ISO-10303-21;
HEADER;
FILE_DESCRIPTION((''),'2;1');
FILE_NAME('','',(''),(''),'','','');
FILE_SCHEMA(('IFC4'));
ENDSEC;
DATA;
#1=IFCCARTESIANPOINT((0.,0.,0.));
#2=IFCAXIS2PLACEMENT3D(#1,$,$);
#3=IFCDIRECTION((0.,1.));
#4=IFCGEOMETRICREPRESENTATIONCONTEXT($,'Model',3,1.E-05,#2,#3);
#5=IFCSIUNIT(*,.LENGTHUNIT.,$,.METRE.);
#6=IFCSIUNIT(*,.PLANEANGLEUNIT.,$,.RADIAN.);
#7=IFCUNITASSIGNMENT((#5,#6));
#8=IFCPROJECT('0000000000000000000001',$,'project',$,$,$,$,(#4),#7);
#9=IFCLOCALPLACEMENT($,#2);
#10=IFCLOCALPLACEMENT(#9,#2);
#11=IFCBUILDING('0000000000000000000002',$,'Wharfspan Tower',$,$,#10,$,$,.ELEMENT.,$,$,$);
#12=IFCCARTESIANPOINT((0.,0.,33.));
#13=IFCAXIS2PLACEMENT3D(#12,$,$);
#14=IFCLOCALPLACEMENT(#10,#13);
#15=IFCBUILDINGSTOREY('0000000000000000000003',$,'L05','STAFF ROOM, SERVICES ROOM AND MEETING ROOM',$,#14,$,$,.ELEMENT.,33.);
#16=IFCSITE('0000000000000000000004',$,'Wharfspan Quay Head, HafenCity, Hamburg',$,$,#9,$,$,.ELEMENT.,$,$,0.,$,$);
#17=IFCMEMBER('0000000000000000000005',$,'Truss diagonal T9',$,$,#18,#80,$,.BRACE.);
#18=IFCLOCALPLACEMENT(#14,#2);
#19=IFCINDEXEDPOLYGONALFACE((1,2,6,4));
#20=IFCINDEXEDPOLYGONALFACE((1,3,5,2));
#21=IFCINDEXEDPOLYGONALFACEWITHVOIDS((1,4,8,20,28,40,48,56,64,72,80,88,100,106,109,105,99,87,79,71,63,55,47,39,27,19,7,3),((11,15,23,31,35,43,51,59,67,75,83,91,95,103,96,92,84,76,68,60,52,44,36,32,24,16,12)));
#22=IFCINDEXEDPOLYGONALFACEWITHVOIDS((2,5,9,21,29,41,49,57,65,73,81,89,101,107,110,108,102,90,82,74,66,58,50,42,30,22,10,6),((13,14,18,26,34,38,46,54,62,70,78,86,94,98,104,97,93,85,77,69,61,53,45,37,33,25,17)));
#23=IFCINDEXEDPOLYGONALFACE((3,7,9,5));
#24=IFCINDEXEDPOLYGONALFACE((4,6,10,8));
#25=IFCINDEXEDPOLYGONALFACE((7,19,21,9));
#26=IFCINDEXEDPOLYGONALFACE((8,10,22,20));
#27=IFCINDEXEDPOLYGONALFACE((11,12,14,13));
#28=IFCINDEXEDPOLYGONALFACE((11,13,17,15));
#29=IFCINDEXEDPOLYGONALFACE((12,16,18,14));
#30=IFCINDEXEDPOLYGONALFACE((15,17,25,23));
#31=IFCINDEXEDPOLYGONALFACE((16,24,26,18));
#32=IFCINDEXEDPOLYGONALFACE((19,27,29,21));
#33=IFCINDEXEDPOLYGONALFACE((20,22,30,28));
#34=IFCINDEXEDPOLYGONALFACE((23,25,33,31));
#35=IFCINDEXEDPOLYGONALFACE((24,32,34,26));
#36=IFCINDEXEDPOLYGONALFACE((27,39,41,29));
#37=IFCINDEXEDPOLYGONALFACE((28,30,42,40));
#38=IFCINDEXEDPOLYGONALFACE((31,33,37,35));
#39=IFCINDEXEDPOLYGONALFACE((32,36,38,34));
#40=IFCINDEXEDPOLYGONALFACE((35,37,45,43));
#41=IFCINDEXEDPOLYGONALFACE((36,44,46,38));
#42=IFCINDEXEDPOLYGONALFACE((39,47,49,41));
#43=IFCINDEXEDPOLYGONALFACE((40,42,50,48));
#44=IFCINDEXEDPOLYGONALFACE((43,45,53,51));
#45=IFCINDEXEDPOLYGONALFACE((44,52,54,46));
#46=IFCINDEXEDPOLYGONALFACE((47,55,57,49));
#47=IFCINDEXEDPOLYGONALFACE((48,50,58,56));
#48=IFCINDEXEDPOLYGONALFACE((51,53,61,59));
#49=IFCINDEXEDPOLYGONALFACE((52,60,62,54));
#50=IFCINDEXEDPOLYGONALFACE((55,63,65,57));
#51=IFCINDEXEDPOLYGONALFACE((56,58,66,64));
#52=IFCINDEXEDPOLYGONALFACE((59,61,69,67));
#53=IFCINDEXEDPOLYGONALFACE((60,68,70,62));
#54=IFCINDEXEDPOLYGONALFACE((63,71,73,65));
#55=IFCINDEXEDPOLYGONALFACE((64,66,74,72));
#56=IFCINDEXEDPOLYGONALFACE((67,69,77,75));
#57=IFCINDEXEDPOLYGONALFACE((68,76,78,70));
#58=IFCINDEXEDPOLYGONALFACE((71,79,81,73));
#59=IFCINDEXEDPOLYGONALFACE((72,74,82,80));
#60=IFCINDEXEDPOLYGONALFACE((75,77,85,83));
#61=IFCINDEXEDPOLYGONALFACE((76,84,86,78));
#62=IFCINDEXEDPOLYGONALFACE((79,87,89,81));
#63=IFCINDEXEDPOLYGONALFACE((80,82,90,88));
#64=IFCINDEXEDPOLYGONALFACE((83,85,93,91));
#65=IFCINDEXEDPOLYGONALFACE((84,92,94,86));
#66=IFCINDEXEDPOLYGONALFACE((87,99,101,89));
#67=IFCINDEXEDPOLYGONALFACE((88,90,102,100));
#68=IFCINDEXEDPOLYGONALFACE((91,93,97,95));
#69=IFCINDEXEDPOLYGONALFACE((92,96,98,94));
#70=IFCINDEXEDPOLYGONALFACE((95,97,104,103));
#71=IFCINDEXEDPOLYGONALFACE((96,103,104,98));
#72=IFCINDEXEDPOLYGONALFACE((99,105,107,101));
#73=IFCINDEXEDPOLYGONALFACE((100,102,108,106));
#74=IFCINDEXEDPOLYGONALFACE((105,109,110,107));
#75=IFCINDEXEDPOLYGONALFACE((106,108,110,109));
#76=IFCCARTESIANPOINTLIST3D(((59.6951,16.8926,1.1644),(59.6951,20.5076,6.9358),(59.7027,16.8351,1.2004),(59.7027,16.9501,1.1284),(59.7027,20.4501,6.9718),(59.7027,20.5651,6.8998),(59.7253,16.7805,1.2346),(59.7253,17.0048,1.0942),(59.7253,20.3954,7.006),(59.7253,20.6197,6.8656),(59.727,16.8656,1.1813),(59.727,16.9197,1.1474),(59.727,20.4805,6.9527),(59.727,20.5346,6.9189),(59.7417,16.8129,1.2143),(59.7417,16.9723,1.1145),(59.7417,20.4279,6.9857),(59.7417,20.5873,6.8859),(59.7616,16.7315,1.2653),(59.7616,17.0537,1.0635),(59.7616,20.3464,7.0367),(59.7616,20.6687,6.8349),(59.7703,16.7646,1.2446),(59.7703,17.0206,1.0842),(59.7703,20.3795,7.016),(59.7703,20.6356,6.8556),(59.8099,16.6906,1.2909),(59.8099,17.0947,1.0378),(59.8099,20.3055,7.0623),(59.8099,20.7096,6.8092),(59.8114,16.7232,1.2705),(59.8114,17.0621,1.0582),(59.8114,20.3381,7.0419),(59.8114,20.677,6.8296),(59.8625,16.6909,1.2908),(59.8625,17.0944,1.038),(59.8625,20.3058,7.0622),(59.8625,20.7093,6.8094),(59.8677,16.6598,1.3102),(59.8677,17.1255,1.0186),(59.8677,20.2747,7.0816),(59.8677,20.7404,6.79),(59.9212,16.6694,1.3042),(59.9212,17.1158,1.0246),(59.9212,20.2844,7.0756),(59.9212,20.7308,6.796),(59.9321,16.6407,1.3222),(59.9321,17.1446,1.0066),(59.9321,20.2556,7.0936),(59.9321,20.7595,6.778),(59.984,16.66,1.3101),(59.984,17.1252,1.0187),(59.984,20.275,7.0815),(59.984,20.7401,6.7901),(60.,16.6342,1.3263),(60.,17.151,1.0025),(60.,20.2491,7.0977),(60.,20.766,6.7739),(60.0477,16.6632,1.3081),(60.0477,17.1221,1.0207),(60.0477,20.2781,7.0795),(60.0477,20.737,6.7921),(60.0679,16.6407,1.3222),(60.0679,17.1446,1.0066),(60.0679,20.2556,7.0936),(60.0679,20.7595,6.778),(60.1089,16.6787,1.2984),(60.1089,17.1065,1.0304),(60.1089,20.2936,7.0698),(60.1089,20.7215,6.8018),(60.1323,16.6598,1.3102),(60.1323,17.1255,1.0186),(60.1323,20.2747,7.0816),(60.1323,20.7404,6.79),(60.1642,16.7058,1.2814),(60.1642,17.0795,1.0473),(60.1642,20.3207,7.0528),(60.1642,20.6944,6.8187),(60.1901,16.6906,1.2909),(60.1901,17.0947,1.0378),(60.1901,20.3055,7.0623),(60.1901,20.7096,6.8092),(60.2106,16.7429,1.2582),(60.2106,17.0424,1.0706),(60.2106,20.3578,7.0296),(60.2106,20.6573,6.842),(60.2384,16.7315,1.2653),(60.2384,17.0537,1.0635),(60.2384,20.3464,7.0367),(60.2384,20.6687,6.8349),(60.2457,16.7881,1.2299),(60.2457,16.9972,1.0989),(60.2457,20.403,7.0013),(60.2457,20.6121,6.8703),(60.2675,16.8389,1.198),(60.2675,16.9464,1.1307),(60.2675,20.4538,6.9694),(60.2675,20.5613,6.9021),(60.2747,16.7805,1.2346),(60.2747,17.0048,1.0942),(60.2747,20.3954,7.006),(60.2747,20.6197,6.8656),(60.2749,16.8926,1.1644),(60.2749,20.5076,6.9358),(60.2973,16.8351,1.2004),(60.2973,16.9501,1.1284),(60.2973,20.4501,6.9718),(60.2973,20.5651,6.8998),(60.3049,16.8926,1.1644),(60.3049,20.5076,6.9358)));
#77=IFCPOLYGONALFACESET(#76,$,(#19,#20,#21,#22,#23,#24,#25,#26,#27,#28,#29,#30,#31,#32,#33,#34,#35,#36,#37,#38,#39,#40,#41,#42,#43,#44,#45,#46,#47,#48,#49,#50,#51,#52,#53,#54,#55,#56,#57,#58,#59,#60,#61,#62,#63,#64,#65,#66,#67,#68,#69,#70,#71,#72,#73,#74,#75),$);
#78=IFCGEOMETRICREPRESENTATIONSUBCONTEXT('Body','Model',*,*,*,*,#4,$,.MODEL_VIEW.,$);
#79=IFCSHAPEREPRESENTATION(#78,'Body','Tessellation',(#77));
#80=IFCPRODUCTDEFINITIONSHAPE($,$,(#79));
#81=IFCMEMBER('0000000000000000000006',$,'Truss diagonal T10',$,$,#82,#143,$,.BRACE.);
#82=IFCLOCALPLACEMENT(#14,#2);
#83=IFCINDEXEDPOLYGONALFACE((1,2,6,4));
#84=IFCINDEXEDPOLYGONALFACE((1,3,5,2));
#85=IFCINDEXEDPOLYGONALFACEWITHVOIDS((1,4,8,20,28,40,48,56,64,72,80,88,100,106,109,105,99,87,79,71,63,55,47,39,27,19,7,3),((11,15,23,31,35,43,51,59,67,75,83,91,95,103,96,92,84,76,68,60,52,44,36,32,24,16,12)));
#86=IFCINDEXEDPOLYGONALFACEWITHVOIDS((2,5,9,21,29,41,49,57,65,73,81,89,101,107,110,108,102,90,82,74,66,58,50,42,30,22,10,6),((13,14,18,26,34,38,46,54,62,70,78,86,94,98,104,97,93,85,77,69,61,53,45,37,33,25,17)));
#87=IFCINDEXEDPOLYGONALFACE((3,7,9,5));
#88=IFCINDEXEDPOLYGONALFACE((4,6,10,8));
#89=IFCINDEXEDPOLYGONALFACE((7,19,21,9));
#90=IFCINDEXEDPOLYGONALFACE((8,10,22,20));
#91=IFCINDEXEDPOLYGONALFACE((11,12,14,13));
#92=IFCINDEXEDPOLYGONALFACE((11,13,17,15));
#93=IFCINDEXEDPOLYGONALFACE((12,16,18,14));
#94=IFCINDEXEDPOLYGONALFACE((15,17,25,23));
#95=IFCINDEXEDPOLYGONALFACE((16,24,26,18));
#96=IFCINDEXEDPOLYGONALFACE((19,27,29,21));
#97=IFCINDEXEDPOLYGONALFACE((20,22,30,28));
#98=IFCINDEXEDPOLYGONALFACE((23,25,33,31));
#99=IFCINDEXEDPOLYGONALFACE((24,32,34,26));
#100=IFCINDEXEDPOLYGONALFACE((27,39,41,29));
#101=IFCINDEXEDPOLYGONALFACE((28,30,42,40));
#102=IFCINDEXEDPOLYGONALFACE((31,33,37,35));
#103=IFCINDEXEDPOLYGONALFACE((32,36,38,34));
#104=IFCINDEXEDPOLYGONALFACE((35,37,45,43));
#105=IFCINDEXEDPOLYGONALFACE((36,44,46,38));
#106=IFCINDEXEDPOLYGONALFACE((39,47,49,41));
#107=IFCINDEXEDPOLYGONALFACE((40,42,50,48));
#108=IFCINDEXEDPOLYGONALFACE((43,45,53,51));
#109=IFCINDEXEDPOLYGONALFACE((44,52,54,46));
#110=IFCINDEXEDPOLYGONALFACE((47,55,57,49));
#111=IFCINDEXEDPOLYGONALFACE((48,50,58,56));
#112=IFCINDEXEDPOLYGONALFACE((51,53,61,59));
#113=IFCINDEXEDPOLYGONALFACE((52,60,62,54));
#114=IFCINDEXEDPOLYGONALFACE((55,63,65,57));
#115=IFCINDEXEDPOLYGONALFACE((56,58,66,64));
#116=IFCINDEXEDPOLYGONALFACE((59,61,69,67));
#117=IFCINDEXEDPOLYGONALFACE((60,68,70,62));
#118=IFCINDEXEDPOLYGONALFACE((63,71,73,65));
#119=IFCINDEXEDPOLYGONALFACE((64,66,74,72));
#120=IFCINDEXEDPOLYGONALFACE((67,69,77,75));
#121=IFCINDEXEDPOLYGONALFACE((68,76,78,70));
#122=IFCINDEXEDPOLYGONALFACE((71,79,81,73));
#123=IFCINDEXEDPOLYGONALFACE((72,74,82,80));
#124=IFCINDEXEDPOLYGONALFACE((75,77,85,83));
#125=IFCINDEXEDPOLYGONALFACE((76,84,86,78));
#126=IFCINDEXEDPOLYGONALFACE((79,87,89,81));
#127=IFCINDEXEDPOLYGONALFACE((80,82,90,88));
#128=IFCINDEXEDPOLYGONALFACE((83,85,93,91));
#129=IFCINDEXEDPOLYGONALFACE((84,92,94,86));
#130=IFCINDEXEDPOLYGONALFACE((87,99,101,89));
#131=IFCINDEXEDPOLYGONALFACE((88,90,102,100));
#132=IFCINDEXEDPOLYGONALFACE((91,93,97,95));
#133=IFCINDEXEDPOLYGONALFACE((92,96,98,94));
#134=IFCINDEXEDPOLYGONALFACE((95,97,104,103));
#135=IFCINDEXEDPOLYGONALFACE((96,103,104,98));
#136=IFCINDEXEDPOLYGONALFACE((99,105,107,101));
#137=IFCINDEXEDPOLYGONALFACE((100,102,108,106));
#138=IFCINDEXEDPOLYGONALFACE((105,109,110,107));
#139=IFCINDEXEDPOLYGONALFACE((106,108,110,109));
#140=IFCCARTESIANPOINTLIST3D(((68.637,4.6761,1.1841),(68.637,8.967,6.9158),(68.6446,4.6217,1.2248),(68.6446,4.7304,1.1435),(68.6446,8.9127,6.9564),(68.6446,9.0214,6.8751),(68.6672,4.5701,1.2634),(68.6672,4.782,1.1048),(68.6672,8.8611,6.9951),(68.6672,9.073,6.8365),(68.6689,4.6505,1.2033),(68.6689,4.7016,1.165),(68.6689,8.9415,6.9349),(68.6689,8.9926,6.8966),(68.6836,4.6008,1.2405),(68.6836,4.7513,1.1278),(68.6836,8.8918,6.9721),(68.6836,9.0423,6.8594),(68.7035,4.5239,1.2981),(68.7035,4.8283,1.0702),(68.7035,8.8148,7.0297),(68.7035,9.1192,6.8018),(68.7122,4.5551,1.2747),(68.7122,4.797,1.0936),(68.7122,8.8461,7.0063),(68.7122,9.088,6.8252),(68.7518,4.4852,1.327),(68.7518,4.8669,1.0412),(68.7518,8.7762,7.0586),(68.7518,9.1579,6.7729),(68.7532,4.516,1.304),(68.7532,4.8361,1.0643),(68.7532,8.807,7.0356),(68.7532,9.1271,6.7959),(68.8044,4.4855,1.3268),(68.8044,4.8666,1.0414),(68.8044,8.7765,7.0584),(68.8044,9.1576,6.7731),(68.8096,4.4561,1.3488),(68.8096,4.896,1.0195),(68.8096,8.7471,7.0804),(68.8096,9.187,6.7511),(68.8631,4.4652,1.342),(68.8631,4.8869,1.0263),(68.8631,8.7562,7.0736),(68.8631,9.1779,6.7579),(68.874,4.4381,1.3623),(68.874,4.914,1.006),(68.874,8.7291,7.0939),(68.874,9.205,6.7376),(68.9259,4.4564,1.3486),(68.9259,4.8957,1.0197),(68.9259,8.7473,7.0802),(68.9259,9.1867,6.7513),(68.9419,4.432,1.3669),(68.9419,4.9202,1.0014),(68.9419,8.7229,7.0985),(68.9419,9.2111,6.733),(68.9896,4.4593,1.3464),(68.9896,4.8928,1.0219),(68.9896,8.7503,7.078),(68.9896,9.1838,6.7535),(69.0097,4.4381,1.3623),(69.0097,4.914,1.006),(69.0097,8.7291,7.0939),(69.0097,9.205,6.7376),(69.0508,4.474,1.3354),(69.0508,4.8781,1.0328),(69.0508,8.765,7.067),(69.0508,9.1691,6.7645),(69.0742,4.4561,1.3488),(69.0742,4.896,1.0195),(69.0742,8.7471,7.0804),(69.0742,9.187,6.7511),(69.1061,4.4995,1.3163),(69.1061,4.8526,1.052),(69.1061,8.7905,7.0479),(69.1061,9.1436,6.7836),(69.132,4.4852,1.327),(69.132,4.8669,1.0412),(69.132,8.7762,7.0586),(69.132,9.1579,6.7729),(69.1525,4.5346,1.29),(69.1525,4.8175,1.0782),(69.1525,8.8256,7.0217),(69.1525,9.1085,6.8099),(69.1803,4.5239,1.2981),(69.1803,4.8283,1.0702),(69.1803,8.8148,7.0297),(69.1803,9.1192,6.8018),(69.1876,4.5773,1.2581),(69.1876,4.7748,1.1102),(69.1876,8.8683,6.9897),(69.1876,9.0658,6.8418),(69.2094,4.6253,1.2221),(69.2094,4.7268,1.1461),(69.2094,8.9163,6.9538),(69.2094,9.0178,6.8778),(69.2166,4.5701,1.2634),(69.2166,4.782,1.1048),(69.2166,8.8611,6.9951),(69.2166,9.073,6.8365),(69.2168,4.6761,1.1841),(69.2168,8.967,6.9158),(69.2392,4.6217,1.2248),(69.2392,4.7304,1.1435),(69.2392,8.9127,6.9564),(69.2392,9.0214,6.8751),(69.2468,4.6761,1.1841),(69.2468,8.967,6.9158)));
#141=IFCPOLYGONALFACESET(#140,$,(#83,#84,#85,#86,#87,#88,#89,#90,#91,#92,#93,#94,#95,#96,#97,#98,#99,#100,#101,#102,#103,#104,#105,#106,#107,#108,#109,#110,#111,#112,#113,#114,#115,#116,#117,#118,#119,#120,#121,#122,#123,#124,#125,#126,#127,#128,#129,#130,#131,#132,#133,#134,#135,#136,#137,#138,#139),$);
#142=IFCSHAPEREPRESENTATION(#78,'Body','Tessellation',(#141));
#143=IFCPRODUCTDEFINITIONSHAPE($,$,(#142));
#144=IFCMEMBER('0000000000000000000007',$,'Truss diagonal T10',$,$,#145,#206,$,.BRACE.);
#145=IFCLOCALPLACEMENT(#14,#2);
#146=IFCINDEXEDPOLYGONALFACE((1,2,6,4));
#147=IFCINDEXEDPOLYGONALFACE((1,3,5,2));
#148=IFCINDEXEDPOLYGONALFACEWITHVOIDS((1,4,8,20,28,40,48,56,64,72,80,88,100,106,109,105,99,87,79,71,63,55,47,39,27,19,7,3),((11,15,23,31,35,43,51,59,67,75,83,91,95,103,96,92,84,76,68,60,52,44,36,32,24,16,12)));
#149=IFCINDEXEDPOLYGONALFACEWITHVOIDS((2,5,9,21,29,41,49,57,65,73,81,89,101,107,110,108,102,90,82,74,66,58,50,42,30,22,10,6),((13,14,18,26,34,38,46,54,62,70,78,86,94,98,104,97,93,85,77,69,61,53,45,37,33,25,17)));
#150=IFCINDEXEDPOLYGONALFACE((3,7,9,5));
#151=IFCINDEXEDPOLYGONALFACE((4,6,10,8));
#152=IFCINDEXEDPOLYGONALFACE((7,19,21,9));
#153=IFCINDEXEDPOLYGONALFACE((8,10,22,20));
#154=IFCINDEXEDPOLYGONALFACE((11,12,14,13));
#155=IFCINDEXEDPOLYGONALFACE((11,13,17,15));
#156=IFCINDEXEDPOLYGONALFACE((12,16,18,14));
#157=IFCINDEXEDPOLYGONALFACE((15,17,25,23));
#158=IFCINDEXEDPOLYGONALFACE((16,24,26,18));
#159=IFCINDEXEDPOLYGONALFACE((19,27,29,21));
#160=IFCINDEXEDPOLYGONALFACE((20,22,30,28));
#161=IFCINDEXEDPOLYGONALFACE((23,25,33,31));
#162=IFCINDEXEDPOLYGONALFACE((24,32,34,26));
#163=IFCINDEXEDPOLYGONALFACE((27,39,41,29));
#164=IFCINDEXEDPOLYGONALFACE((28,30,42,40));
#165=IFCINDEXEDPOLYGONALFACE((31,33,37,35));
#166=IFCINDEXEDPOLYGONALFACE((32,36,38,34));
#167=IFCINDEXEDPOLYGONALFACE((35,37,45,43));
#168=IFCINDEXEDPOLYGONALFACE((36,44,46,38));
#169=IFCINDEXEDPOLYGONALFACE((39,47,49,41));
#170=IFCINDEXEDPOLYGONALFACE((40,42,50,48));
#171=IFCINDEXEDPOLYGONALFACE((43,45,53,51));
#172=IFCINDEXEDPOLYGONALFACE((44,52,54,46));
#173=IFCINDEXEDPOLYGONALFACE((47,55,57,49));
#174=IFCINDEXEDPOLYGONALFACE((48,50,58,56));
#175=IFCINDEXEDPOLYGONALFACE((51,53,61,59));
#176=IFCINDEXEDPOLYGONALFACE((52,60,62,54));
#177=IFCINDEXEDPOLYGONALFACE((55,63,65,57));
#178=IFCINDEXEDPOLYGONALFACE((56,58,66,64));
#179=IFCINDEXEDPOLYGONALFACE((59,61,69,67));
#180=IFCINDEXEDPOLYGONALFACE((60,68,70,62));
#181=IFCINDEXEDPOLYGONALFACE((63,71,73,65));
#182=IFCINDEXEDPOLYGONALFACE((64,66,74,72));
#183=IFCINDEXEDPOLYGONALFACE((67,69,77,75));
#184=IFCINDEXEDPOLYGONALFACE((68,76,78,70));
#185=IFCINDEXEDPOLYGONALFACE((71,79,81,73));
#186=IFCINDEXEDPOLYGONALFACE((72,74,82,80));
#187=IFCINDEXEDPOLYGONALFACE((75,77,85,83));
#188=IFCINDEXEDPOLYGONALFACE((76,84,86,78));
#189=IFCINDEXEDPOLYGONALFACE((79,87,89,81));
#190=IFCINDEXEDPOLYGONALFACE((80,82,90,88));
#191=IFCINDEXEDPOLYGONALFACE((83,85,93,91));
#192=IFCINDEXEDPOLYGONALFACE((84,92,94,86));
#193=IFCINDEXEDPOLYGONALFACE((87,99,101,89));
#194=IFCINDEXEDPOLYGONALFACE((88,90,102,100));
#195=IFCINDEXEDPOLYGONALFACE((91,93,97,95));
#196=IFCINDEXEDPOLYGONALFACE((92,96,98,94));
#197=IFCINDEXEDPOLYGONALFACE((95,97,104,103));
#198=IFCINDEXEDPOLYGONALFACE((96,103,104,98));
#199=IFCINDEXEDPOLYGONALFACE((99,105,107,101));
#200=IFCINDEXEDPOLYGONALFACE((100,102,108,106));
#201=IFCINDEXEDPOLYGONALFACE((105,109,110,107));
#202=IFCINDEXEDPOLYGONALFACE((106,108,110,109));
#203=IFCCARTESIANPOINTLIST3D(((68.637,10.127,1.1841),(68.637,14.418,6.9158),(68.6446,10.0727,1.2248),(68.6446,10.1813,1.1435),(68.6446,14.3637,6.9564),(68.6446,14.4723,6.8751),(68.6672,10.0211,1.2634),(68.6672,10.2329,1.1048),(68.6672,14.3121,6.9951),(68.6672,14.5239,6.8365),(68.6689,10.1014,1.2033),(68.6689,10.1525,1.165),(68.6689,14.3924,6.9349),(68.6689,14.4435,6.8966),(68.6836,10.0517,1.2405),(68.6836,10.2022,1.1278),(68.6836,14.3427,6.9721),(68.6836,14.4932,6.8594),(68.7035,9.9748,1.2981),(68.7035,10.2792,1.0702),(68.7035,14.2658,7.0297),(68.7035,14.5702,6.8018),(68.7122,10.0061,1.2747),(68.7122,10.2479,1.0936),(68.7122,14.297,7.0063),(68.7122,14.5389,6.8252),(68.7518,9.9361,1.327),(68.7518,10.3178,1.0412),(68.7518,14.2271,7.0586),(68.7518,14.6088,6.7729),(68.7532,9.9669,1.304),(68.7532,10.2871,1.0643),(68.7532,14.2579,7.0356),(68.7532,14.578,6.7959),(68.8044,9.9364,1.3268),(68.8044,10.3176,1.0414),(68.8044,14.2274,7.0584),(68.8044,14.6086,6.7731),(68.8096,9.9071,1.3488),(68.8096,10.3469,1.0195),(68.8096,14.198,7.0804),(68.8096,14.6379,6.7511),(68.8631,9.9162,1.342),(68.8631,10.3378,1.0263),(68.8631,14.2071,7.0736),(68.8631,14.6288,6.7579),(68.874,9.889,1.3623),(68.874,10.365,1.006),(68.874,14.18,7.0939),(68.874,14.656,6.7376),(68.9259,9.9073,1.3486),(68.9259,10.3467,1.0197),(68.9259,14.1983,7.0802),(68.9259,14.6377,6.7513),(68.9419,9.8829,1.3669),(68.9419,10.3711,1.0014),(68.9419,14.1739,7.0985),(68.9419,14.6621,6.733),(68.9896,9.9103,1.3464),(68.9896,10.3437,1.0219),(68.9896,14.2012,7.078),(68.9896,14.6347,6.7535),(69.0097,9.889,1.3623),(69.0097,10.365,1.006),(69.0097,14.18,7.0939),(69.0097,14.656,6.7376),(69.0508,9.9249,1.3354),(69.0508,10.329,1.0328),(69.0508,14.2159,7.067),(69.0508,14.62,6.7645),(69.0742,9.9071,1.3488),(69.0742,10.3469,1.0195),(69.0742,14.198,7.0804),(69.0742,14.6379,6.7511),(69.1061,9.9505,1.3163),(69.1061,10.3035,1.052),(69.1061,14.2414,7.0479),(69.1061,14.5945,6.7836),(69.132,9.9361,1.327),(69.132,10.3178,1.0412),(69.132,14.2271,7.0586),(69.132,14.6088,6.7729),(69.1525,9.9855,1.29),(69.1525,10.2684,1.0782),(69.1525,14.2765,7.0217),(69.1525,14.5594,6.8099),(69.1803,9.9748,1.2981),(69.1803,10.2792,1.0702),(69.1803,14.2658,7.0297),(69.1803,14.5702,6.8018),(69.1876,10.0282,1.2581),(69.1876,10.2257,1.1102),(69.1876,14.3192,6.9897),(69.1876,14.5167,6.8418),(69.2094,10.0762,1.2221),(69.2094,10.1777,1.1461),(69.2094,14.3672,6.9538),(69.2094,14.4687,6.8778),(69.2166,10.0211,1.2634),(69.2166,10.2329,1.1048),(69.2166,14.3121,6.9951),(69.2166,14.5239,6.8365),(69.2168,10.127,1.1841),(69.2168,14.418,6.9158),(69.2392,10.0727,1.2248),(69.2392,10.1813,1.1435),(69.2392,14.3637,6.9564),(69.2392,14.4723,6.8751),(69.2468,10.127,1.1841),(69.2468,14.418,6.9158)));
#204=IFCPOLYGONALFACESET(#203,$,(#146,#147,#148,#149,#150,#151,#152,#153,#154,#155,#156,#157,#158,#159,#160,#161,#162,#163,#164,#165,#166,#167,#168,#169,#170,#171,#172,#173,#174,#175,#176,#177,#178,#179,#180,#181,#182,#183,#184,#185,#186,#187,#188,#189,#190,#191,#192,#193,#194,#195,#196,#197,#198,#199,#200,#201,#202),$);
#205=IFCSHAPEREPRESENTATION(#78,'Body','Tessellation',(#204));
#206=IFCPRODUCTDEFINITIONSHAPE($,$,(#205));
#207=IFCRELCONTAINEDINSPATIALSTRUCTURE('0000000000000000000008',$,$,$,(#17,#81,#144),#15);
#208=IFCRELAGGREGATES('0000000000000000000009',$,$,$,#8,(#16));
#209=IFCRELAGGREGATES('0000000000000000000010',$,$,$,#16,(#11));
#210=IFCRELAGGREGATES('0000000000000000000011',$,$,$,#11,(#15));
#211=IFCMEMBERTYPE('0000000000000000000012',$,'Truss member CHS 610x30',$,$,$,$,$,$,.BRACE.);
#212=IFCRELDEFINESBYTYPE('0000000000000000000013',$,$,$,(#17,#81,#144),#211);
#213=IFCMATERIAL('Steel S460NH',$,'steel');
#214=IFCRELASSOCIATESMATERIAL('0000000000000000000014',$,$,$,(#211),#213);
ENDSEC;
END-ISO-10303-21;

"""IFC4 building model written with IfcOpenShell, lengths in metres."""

from ifc_helpers import new_model, si_unit, direction, frame, origin, origin_2d, place, context, subcontext, project, spatial, hollow_circle, extrude, material, material_profile, profile_set, type_object, element, save


model = new_model("IFC4")

# Units and contexts
model_context = context("Model", 3, precision=1e-05, world=origin(), true_north=direction((0.0, 1.0)))
body_context = subcontext(model_context, "Body", "Model", "MODEL_VIEW")
ifc_project = project(units=[si_unit("LENGTHUNIT", "METRE"), si_unit("PLANEANGLEUNIT", "RADIAN")], contexts=[model_context])

# Site, building, storey
site_placement = place(None, origin())
site = spatial("IfcSite", under=ifc_project, at=site_placement, Name="Wharfspan Quay Head, HafenCity, Hamburg", CompositionType="ELEMENT", RefElevation=0.0)
building_placement = place(site_placement, origin())
building = spatial("IfcBuilding", under=site, at=building_placement, Name="Wharfspan Tower", CompositionType="ELEMENT")
storey_placement = place(building_placement, frame((0.0, 0.0, 33.0)))
storey = spatial("IfcBuildingStorey", under=building, at=storey_placement, Name="L05", Description="STAFF ROOM, SERVICES ROOM AND MEETING ROOM", CompositionType="ELEMENT", Elevation=33.0)

# Members
ifc_material_1 = material(Name="Steel S460NH", Category="steel")
ifc_material_profile_1 = material_profile(ifc_material_1, hollow_circle(Radius=0.3049, WallThickness=0.03, at=origin_2d()))
ifc_profile_set_1 = profile_set([ifc_material_profile_1], Name="Steel S460NH")
member_type_1 = type_object("IfcMemberType", Name="Truss member CHS 610x30", PredefinedType="BRACE", material=ifc_profile_set_1)
for number, where, z_axis, x_axis, name in (
    (1, (60.0, 20.5076, 6.9358), (0.0, -0.530824, -0.847482), (1.0, 0.0, 0.0), "Truss diagonal T9"),
):
    element("IfcMember", number, at=place(storey_placement, frame(where, z_axis=z_axis, x_axis=x_axis)), inside=storey, type_object=member_type_1, Name=name, PredefinedType="BRACE", context=body_context, shape_type="SweptSolid", body=[
        extrude(hollow_circle(Radius=0.3049, WallThickness=0.03, at=origin_2d()), origin(), (0.0, 0.0, 1.0), 6.8101),
    ])
for number, where, z_axis, x_axis, name in (
    (2, (68.9419, 8.967, 6.9158), (0.0, -0.599307, -0.800519), (1.0, 0.0, 0.0), "Truss diagonal T10"),
    (3, (68.9419, 14.418, 6.9158), (0.0, -0.599307, -0.800519), (1.0, 0.0, 0.0), "Truss diagonal T10"),
):
    element("IfcMember", number, at=place(storey_placement, frame(where, z_axis=z_axis, x_axis=x_axis)), inside=storey, type_object=member_type_1, Name=name, PredefinedType="BRACE", context=body_context, shape_type="SweptSolid", body=[
        extrude(hollow_circle(Radius=0.3049, WallThickness=0.03, at=origin_2d()), origin(), (0.0, 0.0, 1.0), 7.1599),
    ])

save(model, "model.ifc")
